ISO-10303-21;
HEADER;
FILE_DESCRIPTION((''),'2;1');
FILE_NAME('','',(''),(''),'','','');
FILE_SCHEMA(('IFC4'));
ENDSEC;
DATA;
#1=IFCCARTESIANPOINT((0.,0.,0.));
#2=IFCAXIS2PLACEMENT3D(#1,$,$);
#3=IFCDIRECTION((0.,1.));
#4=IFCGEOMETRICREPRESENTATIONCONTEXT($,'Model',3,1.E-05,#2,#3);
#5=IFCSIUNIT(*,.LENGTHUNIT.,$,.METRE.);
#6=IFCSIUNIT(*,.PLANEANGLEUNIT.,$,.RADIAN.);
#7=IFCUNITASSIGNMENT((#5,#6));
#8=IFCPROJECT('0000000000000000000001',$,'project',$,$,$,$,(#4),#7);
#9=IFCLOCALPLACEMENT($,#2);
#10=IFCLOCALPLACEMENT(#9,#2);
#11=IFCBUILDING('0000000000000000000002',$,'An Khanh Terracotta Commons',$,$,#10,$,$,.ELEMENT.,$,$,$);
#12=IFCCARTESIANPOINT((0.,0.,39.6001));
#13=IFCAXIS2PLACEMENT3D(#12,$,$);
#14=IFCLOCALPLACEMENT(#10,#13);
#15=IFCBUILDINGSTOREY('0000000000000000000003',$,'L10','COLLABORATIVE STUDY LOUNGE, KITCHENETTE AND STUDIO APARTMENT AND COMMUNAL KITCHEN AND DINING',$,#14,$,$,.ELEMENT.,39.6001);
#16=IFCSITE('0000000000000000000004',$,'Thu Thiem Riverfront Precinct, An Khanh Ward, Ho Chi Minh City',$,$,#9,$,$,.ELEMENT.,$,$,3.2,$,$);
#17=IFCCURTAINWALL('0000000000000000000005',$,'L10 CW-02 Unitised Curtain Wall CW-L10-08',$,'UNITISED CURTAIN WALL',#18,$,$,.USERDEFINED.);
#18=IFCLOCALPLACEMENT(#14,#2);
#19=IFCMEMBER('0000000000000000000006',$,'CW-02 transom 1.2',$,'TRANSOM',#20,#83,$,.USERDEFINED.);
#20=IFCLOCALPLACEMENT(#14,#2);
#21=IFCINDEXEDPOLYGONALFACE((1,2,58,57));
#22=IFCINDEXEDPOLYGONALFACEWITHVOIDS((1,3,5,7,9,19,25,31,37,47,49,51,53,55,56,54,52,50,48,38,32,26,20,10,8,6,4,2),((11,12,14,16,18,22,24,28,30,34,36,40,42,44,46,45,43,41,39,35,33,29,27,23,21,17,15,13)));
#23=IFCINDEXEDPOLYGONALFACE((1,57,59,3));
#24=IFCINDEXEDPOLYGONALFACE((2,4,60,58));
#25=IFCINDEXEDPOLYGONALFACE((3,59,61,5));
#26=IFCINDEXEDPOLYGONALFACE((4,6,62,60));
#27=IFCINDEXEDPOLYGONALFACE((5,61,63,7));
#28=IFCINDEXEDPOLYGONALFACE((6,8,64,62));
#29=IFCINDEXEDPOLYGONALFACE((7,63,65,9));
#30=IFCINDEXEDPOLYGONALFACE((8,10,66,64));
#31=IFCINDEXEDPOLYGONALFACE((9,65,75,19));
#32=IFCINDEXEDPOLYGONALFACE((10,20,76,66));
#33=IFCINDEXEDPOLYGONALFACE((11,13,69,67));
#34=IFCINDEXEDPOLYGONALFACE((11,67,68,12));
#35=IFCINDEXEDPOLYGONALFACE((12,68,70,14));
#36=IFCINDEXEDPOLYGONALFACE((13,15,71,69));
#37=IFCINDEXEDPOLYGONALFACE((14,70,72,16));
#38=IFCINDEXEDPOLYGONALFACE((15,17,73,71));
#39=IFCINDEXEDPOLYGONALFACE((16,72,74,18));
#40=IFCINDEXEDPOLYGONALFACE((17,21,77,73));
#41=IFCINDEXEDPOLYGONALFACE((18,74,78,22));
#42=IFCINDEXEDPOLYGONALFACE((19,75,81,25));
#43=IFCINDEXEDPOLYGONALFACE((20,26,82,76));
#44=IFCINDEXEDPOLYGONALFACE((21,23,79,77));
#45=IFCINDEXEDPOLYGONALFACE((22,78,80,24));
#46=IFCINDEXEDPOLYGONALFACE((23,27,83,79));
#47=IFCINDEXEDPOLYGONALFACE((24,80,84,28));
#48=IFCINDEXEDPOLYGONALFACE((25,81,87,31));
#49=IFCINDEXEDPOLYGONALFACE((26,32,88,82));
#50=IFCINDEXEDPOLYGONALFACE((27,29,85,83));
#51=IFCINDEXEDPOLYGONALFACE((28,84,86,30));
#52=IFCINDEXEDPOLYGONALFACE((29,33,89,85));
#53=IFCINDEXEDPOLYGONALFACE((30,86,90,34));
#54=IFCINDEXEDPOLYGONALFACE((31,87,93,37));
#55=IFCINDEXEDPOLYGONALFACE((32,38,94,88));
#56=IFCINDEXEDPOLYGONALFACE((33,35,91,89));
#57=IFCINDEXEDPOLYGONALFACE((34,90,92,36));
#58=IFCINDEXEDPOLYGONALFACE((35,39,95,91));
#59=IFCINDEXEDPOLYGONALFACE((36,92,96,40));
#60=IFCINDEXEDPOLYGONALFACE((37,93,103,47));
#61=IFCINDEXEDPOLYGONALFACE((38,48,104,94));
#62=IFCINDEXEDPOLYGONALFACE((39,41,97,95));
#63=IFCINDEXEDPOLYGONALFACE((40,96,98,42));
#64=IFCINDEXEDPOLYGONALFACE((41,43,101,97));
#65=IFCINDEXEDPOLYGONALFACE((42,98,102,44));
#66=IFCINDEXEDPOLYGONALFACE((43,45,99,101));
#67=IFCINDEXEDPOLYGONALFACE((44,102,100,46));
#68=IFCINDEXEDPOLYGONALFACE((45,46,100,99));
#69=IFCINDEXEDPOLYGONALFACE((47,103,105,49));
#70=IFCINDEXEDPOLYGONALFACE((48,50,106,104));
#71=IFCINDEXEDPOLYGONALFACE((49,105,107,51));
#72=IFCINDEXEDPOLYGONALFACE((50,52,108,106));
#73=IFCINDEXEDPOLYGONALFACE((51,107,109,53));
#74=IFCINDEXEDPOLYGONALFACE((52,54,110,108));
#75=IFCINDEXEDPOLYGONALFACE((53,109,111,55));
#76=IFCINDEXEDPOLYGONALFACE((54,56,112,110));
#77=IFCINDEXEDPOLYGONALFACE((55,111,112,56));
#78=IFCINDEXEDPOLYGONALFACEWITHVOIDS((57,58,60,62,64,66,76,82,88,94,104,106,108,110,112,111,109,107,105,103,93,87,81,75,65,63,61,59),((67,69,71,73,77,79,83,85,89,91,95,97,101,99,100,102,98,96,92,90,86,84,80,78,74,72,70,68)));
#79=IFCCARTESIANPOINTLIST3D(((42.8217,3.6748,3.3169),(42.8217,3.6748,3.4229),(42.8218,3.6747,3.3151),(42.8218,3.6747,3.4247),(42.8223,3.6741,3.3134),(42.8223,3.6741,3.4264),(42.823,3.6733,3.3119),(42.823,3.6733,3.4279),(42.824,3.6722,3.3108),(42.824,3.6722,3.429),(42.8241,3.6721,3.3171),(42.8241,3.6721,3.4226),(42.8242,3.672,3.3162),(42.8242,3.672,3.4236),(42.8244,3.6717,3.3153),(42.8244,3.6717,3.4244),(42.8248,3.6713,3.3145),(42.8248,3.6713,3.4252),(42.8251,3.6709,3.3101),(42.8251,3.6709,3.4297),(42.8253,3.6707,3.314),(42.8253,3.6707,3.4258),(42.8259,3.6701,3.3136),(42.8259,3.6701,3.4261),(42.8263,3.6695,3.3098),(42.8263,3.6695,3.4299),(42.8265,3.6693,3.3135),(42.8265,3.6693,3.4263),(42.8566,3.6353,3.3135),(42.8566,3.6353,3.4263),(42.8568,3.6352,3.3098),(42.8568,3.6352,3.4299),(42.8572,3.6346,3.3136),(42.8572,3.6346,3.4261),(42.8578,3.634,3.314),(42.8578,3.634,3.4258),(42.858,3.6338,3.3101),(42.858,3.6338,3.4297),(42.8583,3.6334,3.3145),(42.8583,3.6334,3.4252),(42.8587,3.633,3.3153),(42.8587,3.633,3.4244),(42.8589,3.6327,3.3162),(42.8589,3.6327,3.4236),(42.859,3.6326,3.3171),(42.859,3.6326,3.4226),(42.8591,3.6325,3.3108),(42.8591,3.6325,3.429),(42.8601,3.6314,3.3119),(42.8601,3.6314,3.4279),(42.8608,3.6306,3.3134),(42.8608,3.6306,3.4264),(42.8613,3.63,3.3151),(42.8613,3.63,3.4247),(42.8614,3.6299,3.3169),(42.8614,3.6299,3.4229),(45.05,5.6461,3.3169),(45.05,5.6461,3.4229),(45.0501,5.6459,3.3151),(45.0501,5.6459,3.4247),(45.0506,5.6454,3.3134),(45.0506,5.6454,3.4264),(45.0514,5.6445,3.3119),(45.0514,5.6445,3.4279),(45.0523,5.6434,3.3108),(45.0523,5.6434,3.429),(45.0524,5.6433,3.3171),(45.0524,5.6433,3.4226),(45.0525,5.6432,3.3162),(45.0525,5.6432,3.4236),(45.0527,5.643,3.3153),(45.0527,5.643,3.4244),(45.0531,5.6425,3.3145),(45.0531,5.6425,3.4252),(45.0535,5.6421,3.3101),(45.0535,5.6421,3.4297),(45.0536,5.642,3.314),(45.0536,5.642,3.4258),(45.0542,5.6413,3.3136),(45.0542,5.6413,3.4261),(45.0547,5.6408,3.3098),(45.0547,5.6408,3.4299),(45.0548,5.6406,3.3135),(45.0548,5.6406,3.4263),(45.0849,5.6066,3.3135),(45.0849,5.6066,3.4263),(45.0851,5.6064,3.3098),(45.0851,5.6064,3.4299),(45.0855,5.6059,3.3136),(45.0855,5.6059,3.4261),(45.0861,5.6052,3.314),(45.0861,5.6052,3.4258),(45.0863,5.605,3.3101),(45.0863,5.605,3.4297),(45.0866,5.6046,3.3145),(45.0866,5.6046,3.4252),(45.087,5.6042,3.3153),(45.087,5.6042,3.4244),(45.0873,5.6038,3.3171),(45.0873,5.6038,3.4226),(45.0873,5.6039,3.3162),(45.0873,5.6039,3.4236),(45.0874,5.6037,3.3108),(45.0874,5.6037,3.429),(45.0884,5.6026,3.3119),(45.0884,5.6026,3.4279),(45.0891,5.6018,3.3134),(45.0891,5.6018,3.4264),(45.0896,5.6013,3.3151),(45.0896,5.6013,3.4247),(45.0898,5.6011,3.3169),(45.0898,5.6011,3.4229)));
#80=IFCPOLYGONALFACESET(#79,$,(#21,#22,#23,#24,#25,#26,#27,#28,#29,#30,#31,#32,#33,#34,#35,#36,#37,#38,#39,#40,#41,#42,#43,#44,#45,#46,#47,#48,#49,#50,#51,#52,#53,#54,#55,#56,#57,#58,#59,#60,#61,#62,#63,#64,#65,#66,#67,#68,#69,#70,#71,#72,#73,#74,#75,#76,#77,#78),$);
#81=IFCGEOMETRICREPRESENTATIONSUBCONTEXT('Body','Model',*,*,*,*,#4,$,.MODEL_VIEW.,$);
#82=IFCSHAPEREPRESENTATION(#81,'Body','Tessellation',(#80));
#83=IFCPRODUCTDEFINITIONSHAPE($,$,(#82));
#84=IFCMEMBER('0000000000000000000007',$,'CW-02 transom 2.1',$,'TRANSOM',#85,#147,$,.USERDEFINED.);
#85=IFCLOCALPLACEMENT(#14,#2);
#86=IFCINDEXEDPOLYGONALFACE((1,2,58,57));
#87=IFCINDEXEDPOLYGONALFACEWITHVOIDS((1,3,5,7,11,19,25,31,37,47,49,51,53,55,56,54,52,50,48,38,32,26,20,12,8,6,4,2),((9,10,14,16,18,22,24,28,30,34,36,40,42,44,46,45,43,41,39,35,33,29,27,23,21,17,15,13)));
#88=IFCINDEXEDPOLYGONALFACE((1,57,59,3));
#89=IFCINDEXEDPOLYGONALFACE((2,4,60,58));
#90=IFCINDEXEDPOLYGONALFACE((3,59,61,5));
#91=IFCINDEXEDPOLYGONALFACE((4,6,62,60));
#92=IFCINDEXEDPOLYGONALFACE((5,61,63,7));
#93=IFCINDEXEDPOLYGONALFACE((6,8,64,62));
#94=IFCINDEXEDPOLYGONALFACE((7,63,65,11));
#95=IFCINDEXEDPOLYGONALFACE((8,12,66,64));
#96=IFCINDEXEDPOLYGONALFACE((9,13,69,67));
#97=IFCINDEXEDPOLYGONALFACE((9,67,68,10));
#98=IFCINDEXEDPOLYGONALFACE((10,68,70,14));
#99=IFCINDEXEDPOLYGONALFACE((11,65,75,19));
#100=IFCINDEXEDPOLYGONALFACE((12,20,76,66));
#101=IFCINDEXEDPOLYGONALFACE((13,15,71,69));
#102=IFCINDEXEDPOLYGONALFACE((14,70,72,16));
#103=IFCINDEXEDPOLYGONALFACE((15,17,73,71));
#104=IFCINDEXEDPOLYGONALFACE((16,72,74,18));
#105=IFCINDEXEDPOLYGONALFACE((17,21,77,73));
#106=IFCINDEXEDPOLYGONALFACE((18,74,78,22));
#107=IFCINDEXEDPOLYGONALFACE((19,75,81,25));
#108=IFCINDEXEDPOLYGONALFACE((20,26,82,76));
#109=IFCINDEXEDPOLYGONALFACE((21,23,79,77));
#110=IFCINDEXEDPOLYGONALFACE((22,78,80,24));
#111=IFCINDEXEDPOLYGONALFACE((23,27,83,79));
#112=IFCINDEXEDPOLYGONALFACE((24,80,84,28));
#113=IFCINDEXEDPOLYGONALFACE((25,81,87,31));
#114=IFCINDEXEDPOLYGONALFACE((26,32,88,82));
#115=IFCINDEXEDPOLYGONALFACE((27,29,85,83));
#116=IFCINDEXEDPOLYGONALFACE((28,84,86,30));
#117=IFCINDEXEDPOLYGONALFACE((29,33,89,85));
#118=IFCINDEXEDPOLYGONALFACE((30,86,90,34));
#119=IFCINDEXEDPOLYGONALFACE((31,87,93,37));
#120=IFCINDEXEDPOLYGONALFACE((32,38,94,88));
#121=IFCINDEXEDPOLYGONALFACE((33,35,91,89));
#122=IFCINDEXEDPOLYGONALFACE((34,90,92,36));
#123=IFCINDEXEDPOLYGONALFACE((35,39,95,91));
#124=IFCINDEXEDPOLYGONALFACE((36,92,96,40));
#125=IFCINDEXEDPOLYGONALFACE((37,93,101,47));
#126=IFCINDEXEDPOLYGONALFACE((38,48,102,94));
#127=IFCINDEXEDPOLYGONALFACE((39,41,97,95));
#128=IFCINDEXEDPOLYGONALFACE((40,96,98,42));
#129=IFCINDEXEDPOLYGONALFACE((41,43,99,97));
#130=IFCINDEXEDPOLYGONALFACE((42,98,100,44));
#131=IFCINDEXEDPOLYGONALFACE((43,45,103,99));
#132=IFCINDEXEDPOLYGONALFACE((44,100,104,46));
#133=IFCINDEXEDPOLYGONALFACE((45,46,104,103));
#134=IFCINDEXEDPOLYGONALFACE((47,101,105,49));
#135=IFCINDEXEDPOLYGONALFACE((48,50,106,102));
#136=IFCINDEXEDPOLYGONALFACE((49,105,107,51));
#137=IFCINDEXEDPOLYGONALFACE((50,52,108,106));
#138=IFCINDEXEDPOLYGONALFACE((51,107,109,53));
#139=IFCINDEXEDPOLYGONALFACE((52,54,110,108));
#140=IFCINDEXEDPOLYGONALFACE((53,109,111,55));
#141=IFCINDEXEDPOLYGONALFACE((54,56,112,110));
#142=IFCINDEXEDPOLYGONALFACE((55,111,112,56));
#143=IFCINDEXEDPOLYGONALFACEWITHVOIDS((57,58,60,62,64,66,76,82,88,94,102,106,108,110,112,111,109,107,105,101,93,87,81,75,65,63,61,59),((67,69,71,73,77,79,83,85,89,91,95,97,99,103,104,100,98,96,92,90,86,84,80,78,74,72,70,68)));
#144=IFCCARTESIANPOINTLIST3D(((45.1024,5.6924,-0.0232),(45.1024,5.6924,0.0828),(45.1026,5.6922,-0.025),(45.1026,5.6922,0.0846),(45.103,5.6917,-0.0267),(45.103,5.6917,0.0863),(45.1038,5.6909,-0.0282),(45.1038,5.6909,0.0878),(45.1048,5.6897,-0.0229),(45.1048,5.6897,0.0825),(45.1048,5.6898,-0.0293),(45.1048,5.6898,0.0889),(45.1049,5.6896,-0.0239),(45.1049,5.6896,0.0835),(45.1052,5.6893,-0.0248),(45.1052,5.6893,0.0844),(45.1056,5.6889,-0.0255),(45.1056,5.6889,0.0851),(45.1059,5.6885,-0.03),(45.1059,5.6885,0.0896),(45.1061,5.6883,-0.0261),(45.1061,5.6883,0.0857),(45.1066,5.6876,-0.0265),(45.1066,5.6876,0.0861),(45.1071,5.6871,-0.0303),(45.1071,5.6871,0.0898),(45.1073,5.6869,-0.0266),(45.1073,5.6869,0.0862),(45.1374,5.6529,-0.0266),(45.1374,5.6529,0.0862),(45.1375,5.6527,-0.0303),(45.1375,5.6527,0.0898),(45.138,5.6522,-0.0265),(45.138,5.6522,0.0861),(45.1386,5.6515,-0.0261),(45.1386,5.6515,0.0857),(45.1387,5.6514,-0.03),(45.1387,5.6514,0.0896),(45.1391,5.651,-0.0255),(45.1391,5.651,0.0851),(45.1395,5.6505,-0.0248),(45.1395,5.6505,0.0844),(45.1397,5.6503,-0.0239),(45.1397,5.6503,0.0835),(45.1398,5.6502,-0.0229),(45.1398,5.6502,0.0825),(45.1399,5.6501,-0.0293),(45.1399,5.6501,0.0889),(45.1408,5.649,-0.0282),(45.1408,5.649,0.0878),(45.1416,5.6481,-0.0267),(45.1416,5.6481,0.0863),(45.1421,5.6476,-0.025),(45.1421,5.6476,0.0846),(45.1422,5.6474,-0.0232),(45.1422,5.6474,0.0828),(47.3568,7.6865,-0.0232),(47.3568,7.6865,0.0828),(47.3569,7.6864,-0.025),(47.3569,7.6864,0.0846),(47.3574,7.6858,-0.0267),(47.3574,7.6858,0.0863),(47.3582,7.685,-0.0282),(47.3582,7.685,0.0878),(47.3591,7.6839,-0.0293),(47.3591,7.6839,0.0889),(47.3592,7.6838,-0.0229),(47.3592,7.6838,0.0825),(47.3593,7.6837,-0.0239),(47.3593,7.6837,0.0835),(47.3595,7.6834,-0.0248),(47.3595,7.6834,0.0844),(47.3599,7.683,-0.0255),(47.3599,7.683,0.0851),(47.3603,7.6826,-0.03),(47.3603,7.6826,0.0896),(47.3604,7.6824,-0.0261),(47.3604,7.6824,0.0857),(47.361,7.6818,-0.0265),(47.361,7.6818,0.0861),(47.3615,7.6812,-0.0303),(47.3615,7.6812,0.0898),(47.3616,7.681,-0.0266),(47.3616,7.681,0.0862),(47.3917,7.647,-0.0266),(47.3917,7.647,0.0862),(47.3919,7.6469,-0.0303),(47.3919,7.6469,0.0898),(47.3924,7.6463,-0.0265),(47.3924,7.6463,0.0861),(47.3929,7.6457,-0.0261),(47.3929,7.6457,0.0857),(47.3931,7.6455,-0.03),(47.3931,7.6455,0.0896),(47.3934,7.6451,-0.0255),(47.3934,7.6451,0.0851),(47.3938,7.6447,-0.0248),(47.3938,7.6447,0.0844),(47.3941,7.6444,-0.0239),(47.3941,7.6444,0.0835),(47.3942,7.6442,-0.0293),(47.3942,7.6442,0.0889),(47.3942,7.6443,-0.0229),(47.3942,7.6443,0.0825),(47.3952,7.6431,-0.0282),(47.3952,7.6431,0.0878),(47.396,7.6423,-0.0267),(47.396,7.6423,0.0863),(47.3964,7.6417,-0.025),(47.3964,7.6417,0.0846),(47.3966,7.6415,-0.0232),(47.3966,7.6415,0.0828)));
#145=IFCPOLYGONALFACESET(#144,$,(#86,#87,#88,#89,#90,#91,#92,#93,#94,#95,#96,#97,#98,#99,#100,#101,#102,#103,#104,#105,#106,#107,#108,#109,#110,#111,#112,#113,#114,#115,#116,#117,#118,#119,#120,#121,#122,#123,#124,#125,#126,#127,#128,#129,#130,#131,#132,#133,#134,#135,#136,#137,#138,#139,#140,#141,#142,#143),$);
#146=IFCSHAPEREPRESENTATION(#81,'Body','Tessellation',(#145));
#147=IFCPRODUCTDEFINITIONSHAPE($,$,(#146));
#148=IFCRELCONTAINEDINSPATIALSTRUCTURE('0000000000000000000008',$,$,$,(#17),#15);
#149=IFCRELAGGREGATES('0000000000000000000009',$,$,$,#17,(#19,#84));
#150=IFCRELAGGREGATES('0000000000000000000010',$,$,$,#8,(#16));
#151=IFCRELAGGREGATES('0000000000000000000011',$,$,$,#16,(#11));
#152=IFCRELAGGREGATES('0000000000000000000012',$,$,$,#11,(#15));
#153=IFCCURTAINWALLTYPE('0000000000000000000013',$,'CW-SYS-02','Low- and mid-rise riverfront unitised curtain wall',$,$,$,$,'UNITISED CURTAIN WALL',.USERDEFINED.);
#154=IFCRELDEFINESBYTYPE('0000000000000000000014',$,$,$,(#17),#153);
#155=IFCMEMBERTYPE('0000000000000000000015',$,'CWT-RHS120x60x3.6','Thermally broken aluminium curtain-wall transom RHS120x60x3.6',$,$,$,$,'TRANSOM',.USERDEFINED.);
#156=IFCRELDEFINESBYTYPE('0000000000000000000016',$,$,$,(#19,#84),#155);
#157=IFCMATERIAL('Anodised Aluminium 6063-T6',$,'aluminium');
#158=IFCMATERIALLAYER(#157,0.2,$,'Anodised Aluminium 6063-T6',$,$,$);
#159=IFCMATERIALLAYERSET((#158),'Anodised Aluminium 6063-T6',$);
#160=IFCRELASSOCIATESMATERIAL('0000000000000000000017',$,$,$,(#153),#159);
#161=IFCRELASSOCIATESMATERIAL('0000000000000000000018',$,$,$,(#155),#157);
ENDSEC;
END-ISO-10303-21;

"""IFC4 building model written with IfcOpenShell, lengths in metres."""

from ifc_helpers import new_model, si_unit, direction, frame, origin, origin_2d, place, context, subcontext, project, spatial, hollow_rectangle, extrude, material, layer, layer_set, material_profile, profile_set, type_object, element, aggregate, save


model = new_model("IFC4")

# Units and contexts
model_context = context("Model", 3, precision=1e-05, world=origin(), true_north=direction((0.0, 1.0)))
body_context = subcontext(model_context, "Body", "Model", "MODEL_VIEW")
ifc_project = project(units=[si_unit("LENGTHUNIT", "METRE"), si_unit("PLANEANGLEUNIT", "RADIAN")], contexts=[model_context])

# Site, building, storey
site_placement = place(None, origin())
site = spatial("IfcSite", under=ifc_project, at=site_placement, Name="Thu Thiem Riverfront Precinct, An Khanh Ward, Ho Chi Minh City", CompositionType="ELEMENT", RefElevation=3.2)
building_placement = place(site_placement, origin())
building = spatial("IfcBuilding", under=site, at=building_placement, Name="An Khanh Terracotta Commons", CompositionType="ELEMENT")
storey_placement = place(building_placement, frame((0.0, 0.0, 39.6001)))
storey = spatial("IfcBuildingStorey", under=building, at=storey_placement, Name="L10", Description="COLLABORATIVE STUDY LOUNGE, KITCHENETTE AND STUDIO APARTMENT AND COMMUNAL KITCHEN AND DINING", CompositionType="ELEMENT", Elevation=39.6001)

# Curtain wall
ifc_material_1 = material(Name="Anodised Aluminium 6063-T6", Category="aluminium")
ifc_layer_1 = layer(ifc_material_1, 0.2, Name="Anodised Aluminium 6063-T6")
ifc_layer_set_1 = layer_set([ifc_layer_1], Name="Anodised Aluminium 6063-T6")
curtain_wall_type = type_object("IfcCurtainWallType", Name="CW-SYS-02", Description="Low- and mid-rise riverfront unitised curtain wall", ElementType="UNITISED CURTAIN WALL", PredefinedType="USERDEFINED", material=ifc_layer_set_1)
curtain_wall_1_placement = place(storey_placement, origin())
curtain_wall_1 = element("IfcCurtainWall", 1, at=curtain_wall_1_placement, inside=storey, type_object=curtain_wall_type, Name="L10 CW-02 Unitised Curtain Wall CW-L10-08", ObjectType="UNITISED CURTAIN WALL", PredefinedType="USERDEFINED")

# Members
ifc_material_profile_1 = material_profile(ifc_material_1, hollow_rectangle(XDim=0.0601, YDim=0.1201, WallThickness=0.0037, InnerFilletRadius=0.0037, OuterFilletRadius=0.0071, at=origin_2d()), Name="RHS120x60x3.6")
ifc_profile_set_1 = profile_set([ifc_material_profile_1], Name="Anodised Aluminium 6063-T6")
member_type_1 = type_object("IfcMemberType", Name="CWT-RHS120x60x3.6", Description="Thermally broken aluminium curtain-wall transom RHS120x60x3.6", ElementType="TRANSOM", PredefinedType="USERDEFINED", material=ifc_profile_set_1)
member_1_placement = place(storey_placement, frame((42.8416, 3.6523, 3.3699), z_axis=(0.748992, 0.662579, 0.0), x_axis=(-0.662579, 0.748992, 0.0)))
member_1 = element("IfcMember", 2, at=member_1_placement, type_object=member_type_1, Name="CW-02 transom 1.2", ObjectType="TRANSOM", PredefinedType="USERDEFINED", context=body_context, shape_type="SweptSolid", body=[
    extrude(hollow_rectangle(XDim=0.0601, YDim=0.1201, WallThickness=0.0037, InnerFilletRadius=0.0037, OuterFilletRadius=0.0071, at=origin_2d()), origin(), (0.0, 0.0, 1.0), 2.9751),
])
member_2_placement = place(storey_placement, frame((45.1223, 5.6699, 0.0298), z_axis=(0.749018, 0.662549, 0.0), x_axis=(-0.662549, 0.749018, 0.0)))
member_2 = element("IfcMember", 3, at=member_2_placement, type_object=member_type_1, Name="CW-02 transom 2.1", ObjectType="TRANSOM", PredefinedType="USERDEFINED", context=body_context, shape_type="SweptSolid", body=[
    extrude(hollow_rectangle(XDim=0.0601, YDim=0.1201, WallThickness=0.0037, InnerFilletRadius=0.0037, OuterFilletRadius=0.0071, at=origin_2d()), origin(), (0.0, 0.0, 1.0), 3.0098),
])

aggregate(curtain_wall_1, [member_1, member_2])

save(model, "model.ifc")
